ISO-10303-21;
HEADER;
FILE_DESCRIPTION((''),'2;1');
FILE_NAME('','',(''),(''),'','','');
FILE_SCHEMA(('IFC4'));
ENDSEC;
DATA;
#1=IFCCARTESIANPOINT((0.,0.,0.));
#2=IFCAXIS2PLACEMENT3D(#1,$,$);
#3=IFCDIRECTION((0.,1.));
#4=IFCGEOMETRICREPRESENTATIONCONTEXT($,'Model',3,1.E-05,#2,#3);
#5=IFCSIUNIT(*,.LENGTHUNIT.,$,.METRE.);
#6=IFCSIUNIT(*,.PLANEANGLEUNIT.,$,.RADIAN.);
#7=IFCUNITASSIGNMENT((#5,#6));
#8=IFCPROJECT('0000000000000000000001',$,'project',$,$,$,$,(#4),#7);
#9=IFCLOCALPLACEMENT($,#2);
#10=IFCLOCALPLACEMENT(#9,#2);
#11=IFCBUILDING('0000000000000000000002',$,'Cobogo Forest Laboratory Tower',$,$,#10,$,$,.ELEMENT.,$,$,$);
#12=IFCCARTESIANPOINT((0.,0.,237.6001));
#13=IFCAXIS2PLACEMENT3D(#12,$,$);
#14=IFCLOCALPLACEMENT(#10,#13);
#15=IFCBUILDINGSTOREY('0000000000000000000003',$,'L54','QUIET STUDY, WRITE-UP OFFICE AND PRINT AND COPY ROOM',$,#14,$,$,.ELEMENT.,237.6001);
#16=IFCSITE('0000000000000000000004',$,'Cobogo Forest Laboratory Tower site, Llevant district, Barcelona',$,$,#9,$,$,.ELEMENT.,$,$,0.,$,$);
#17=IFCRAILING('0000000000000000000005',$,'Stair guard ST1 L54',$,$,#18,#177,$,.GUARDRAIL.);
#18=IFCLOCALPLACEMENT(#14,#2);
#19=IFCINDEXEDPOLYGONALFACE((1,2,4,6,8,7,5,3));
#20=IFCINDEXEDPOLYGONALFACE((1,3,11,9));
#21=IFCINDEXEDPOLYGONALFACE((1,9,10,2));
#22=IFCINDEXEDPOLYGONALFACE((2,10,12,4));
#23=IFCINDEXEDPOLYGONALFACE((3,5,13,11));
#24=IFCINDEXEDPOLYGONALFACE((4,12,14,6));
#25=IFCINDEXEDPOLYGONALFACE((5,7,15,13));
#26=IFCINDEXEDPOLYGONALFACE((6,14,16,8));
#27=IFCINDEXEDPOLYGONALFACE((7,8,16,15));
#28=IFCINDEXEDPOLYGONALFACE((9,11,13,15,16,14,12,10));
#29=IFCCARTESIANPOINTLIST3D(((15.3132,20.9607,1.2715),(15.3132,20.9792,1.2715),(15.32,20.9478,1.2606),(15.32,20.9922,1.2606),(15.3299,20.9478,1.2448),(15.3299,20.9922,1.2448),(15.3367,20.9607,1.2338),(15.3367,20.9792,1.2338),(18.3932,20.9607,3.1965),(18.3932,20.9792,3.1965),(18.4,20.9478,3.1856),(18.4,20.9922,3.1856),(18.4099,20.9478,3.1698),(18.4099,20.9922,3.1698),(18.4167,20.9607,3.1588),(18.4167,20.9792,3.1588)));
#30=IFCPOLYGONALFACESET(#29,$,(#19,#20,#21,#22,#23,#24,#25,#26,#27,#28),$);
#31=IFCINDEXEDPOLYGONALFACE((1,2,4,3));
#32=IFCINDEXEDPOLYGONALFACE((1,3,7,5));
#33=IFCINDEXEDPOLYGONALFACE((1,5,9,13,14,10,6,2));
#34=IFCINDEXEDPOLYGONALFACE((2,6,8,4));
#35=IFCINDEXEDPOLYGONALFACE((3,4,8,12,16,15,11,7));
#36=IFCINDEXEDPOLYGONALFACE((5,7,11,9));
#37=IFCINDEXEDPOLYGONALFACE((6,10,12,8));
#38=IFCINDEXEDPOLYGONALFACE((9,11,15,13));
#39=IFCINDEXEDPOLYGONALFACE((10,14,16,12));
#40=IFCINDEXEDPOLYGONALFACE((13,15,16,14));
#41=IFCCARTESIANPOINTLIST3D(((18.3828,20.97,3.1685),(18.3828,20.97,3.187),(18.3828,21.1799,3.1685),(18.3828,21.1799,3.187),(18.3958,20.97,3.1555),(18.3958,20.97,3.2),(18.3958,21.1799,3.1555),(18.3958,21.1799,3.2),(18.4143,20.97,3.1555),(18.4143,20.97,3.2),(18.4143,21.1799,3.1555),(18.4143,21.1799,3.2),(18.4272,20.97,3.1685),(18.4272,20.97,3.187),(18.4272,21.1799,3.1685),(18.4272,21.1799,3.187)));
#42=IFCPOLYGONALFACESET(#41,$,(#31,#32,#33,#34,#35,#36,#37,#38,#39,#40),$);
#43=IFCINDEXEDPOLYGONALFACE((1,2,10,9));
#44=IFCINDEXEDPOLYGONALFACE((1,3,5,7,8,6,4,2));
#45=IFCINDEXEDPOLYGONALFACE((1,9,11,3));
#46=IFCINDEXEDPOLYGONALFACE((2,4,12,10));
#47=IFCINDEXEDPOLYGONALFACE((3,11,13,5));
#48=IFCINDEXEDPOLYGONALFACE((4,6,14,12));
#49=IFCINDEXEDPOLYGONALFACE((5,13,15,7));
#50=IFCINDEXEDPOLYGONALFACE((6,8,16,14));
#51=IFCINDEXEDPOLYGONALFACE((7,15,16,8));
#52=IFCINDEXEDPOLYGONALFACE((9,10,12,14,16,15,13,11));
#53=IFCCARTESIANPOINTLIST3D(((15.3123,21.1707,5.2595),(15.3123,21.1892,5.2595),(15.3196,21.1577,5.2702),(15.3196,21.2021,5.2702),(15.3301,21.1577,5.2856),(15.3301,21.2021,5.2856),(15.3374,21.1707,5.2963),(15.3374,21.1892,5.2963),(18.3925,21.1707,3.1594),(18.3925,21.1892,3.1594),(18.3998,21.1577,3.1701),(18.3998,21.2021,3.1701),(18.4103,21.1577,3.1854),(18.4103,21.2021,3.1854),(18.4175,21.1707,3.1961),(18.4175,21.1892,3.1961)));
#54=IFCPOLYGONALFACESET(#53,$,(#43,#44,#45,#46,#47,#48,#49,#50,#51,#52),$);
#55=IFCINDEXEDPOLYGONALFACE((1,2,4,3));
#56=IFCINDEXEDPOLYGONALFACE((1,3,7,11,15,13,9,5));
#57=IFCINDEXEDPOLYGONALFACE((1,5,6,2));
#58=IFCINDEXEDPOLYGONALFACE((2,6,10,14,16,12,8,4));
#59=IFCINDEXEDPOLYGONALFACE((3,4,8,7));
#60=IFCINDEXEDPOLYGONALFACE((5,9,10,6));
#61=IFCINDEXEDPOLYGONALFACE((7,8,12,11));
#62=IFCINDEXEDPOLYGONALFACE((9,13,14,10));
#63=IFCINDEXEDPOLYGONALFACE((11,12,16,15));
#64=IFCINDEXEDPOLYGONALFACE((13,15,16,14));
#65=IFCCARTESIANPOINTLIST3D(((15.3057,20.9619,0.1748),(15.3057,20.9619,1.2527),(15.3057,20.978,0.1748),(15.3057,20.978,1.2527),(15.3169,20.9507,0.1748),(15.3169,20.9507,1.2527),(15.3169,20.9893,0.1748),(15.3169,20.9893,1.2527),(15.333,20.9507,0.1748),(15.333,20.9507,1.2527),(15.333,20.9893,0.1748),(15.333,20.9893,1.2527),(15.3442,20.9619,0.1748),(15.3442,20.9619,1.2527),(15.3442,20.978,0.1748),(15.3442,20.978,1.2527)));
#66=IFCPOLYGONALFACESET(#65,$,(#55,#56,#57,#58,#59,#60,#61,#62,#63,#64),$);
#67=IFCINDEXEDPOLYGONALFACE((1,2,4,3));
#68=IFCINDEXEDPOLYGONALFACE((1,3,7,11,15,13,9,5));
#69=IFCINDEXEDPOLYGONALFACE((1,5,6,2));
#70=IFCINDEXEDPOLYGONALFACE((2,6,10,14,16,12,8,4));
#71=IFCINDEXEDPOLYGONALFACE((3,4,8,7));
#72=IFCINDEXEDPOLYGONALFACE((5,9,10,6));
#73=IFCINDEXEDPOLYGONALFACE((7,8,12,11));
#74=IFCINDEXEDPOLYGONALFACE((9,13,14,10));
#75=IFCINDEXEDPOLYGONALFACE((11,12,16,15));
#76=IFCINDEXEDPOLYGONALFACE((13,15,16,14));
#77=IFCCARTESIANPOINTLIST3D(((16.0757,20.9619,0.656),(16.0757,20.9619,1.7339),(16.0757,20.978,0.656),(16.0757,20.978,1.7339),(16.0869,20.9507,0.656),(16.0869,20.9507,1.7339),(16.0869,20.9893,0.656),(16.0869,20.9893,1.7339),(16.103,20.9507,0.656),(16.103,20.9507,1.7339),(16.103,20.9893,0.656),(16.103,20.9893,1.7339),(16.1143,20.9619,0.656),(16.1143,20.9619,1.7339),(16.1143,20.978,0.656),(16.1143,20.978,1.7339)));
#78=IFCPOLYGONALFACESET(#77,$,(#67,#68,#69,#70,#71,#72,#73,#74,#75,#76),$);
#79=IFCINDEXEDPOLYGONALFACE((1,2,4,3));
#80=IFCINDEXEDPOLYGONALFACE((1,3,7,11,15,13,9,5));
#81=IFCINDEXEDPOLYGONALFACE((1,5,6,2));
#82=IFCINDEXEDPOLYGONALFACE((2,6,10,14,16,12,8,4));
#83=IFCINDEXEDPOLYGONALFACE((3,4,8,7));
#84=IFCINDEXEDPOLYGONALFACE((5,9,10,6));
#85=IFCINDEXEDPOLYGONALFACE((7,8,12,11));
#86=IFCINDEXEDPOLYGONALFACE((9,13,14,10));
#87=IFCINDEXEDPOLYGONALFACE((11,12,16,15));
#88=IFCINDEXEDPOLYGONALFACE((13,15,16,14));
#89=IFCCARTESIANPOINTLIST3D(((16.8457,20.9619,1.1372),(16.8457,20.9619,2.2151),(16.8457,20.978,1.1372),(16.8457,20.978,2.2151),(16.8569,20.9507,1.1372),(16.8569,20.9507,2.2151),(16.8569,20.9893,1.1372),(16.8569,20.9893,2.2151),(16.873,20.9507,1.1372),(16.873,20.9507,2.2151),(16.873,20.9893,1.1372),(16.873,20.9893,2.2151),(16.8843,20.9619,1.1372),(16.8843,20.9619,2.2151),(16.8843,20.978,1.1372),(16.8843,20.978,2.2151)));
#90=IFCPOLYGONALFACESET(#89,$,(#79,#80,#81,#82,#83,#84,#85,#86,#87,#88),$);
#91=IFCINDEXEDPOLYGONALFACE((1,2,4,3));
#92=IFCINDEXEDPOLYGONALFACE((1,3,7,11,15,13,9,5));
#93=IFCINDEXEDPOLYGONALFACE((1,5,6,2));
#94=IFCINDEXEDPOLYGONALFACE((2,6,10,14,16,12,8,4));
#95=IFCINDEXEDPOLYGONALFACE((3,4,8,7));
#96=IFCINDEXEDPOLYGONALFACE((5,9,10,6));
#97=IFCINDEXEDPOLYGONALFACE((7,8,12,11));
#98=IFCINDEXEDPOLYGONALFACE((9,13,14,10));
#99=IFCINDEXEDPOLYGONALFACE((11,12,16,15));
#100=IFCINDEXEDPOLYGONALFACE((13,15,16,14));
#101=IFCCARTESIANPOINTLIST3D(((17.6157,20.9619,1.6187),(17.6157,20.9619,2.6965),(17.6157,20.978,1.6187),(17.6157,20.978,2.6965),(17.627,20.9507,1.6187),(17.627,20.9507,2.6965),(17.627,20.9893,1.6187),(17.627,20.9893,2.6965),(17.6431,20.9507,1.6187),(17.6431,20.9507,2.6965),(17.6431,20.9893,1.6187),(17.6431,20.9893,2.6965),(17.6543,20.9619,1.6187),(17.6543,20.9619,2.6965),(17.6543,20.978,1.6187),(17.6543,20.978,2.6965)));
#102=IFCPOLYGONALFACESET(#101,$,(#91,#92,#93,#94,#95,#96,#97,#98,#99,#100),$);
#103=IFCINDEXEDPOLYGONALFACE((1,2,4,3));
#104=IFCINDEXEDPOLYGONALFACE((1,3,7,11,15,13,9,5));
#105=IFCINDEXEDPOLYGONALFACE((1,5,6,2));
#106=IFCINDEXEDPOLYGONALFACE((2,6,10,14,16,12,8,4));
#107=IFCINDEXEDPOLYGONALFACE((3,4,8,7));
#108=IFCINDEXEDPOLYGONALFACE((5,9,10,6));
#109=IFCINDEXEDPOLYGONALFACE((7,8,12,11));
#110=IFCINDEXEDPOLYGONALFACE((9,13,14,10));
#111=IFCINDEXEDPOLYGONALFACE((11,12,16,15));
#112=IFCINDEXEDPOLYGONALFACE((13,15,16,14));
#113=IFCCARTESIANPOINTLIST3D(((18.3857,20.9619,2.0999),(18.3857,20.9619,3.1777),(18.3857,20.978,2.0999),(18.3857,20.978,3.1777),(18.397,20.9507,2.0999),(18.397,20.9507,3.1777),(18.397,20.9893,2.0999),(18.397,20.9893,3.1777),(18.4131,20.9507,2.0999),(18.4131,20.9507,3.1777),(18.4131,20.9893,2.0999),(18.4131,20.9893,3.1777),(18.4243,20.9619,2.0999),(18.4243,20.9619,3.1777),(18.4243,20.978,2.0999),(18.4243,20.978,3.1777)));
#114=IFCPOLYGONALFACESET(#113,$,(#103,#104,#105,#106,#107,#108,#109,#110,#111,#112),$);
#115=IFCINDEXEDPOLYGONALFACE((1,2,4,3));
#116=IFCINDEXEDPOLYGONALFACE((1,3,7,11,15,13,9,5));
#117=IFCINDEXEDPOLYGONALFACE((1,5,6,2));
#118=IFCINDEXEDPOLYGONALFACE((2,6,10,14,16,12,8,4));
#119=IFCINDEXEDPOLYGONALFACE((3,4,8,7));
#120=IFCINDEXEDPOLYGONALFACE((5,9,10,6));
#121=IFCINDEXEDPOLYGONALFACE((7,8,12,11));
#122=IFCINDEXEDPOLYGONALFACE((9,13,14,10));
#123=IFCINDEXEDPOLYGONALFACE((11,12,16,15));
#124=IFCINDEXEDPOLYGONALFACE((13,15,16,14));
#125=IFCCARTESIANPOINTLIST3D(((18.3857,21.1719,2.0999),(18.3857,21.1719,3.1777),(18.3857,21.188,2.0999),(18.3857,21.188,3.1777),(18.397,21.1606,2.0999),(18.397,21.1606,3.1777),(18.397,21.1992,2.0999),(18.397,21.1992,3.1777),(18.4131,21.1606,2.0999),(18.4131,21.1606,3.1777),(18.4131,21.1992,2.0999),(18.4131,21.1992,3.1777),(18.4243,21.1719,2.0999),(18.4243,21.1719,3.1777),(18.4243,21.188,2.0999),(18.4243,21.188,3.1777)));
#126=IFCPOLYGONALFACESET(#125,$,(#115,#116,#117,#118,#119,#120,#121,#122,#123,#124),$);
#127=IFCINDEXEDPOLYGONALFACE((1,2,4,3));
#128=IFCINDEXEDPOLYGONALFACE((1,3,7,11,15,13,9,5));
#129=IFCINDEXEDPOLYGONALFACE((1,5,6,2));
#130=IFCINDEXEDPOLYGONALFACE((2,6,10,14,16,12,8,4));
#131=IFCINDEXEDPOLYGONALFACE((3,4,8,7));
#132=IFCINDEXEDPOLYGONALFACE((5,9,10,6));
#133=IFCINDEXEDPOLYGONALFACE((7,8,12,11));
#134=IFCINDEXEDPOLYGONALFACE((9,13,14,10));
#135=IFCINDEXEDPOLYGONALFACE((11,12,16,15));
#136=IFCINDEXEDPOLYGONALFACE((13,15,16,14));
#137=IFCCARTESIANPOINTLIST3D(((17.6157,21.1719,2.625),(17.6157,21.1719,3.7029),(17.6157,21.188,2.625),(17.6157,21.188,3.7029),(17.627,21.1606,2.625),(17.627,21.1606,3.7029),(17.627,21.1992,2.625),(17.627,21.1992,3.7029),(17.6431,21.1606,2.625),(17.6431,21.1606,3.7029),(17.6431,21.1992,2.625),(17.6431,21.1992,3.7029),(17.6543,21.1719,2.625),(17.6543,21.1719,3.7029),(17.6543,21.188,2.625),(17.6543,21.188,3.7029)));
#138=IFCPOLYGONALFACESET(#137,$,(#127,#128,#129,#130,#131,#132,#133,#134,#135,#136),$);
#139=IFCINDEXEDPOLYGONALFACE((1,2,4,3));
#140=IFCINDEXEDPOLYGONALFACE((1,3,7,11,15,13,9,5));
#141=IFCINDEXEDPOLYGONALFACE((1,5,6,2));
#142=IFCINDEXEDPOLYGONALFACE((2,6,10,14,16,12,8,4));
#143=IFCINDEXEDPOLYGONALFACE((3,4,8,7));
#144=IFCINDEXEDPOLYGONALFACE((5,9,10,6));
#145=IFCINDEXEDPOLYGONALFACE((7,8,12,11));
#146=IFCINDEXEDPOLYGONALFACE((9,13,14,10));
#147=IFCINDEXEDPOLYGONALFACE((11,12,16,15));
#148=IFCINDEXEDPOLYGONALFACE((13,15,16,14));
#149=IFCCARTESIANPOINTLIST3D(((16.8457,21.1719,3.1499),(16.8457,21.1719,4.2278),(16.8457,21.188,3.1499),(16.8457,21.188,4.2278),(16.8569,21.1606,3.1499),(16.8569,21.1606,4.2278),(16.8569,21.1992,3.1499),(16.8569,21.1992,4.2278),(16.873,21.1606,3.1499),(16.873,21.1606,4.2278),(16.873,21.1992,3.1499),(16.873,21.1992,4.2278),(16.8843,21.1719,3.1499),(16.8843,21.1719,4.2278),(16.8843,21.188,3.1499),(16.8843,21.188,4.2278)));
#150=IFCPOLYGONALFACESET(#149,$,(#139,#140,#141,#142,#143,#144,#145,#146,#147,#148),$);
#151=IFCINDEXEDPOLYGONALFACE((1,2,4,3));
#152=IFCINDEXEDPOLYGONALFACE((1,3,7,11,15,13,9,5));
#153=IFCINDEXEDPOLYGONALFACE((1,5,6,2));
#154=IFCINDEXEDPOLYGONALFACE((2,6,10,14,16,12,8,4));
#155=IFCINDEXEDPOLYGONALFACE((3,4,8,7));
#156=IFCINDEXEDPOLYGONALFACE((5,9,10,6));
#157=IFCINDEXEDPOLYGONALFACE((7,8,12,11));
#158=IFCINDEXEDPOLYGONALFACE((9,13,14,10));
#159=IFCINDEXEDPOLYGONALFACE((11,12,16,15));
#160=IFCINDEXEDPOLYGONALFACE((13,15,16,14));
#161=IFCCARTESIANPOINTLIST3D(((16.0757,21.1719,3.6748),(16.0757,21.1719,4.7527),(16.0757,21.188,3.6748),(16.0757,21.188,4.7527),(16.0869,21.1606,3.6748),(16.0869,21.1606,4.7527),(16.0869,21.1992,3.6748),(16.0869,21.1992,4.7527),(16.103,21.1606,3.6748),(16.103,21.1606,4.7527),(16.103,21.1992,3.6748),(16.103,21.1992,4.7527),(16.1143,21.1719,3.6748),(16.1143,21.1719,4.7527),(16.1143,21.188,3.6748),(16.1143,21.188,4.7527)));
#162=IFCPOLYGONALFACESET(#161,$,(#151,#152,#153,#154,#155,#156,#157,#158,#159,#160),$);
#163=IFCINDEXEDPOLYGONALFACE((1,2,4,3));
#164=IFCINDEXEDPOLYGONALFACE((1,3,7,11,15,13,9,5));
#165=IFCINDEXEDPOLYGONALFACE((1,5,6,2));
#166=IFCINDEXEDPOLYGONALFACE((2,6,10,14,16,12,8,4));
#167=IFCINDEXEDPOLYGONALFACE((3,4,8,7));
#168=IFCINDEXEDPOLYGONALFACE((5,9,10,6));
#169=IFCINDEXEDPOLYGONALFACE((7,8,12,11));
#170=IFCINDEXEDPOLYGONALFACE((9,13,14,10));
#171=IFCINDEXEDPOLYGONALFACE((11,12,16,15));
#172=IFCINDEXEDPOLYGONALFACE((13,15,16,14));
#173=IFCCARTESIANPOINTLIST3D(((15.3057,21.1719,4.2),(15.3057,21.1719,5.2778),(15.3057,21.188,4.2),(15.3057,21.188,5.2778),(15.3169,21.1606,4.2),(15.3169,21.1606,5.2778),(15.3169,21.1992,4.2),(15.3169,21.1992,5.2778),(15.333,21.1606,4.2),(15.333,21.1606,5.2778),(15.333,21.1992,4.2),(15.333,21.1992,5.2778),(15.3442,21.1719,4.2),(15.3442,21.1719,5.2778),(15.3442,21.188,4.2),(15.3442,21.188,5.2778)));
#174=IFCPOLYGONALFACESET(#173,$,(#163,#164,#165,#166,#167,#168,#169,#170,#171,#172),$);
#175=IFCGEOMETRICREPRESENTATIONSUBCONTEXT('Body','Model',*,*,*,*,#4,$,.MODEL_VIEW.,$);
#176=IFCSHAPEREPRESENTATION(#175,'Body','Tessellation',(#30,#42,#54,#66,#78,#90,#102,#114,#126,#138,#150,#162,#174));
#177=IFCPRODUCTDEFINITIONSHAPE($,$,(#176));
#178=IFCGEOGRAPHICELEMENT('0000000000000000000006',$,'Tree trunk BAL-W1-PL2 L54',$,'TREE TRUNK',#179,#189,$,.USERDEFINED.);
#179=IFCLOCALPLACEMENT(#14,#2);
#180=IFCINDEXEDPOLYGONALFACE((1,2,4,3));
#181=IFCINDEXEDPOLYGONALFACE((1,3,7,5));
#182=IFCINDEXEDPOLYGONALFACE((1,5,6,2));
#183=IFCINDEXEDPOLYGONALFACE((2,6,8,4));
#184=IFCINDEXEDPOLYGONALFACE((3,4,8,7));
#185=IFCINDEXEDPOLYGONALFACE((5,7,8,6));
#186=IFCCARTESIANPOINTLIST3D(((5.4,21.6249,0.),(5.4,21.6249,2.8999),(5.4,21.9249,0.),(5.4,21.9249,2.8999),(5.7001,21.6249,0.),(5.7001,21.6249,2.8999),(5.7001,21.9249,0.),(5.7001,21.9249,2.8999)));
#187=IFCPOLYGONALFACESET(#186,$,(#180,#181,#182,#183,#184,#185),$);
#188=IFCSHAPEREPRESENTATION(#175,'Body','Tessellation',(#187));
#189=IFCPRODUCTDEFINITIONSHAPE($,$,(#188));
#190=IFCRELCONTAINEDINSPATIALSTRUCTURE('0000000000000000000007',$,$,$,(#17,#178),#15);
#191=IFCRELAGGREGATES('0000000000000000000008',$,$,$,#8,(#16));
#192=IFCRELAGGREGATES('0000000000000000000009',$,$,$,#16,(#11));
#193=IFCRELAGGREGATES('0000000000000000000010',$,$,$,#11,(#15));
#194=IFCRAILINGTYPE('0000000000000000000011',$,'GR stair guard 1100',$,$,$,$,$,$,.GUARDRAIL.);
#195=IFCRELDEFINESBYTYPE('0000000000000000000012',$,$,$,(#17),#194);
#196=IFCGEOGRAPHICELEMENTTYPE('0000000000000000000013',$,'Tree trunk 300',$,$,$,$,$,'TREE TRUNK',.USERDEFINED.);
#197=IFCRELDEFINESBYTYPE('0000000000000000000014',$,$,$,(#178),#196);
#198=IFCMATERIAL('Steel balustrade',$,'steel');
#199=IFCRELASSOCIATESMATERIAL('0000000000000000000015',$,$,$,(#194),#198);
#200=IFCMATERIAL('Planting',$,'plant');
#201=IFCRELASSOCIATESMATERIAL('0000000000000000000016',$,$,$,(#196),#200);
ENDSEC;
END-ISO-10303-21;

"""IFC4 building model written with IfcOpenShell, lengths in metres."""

from ifc_helpers import new_model, si_unit, direction, frame, origin, origin_2d, place, context, subcontext, project, spatial, polyline, rectangle, outline, extrude, material, type_object, element, save


model = new_model("IFC4")

# Units and contexts
model_context = context("Model", 3, precision=1e-05, world=origin(), true_north=direction((0.0, 1.0)))
body_context = subcontext(model_context, "Body", "Model", "MODEL_VIEW")
ifc_project = project(units=[si_unit("LENGTHUNIT", "METRE"), si_unit("PLANEANGLEUNIT", "RADIAN")], contexts=[model_context])

# Site, building, storey
site_placement = place(None, origin())
site = spatial("IfcSite", under=ifc_project, at=site_placement, Name="Cobogo Forest Laboratory Tower site, Llevant district, Barcelona", CompositionType="ELEMENT", RefElevation=0.0)
building_placement = place(site_placement, origin())
building = spatial("IfcBuilding", under=site, at=building_placement, Name="Cobogo Forest Laboratory Tower", CompositionType="ELEMENT")
storey_placement = place(building_placement, frame((0.0, 0.0, 237.6001)))
storey = spatial("IfcBuildingStorey", under=building, at=storey_placement, Name="L54", Description="QUIET STUDY, WRITE-UP OFFICE AND PRINT AND COPY ROOM", CompositionType="ELEMENT", Elevation=237.6001)

# Railing
ifc_material_1 = material(Name="Steel balustrade", Category="steel")
railing_type = type_object("IfcRailingType", Name="GR stair guard 1100", PredefinedType="GUARDRAIL", material=ifc_material_1)
railing_placement = place(storey_placement, frame((15.325, 20.97, 0.1748)))
element("IfcRailing", 1, at=railing_placement, inside=storey, type_object=railing_type, Name="Stair guard ST1 L54", PredefinedType="GUARDRAIL", context=body_context, shape_type="SweptSolid", body=[
    extrude(outline(polyline([(0.0222, 0.0093), (0.0093, 0.0222), (-0.0093, 0.0222), (-0.0222, 0.0093), (-0.0222, -0.0093), (-0.0093, -0.0222), (0.0093, -0.0222), (0.0222, -0.0093), (0.0222, 0.0093)])), frame((0.0, 0.0, 1.0779), z_axis=(0.847998, 0.0, 0.529999), x_axis=(0.0, 1.0, 0.0)), (0.0, 0.0, 1.0), 3.6321),
    extrude(outline(polyline([(0.0222, 0.0093), (0.0093, 0.0222), (-0.0093, 0.0222), (-0.0222, 0.0093), (-0.0222, -0.0093), (-0.0093, -0.0222), (0.0093, -0.0222), (0.0222, -0.0093), (0.0222, 0.0093)])), frame((3.0801, 0.0, 3.0029), z_axis=(0.0, 1.0, 0.0), x_axis=(-1.0, 0.0, 0.0)), (0.0, 0.0, 1.0), 0.21),
    extrude(outline(polyline([(0.0222, 0.0093), (0.0093, 0.0222), (-0.0093, 0.0222), (-0.0222, 0.0093), (-0.0222, -0.0093), (-0.0093, -0.0222), (0.0093, -0.0222), (0.0222, -0.0093), (0.0222, 0.0093)])), frame((3.0801, 0.21, 3.0029), z_axis=(-0.826222, 0.0, 0.563345), x_axis=(0.0, -1.0, 0.0)), (0.0, 0.0, 1.0), 3.728),
    extrude(outline(polyline([(0.0193, 0.0081), (0.0081, 0.0193), (-0.0081, 0.0193), (-0.0193, 0.0081), (-0.0193, -0.0081), (-0.0081, -0.0193), (0.0081, -0.0193), (0.0193, -0.0081), (0.0193, 0.0081)])), origin(), (0.0, 0.0, 1.0), 1.0779),
    extrude(outline(polyline([(0.0193, 0.0081), (0.0081, 0.0193), (-0.0081, 0.0193), (-0.0193, 0.0081), (-0.0193, -0.0081), (-0.0081, -0.0193), (0.0081, -0.0193), (0.0193, -0.0081), (0.0193, 0.0081)])), frame((0.77, 0.0, 0.4812)), (0.0, 0.0, 1.0), 1.0779),
    extrude(outline(polyline([(0.0193, 0.0081), (0.0081, 0.0193), (-0.0081, 0.0193), (-0.0193, 0.0081), (-0.0193, -0.0081), (-0.0081, -0.0193), (0.0081, -0.0193), (0.0193, -0.0081), (0.0193, 0.0081)])), frame((1.54, 0.0, 0.9624)), (0.0, 0.0, 1.0), 1.0779),
    extrude(outline(polyline([(0.0193, 0.0081), (0.0081, 0.0193), (-0.0081, 0.0193), (-0.0193, 0.0081), (-0.0193, -0.0081), (-0.0081, -0.0193), (0.0081, -0.0193), (0.0193, -0.0081), (0.0193, 0.0081)])), frame((2.3101, 0.0, 1.4438)), (0.0, 0.0, 1.0), 1.0779),
    extrude(outline(polyline([(0.0193, 0.0081), (0.0081, 0.0193), (-0.0081, 0.0193), (-0.0193, 0.0081), (-0.0193, -0.0081), (-0.0081, -0.0193), (0.0081, -0.0193), (0.0193, -0.0081), (0.0193, 0.0081)])), frame((3.0801, 0.0, 1.925)), (0.0, 0.0, 1.0), 1.0779),
    extrude(outline(polyline([(0.0193, 0.0081), (0.0081, 0.0193), (-0.0081, 0.0193), (-0.0193, 0.0081), (-0.0193, -0.0081), (-0.0081, -0.0193), (0.0081, -0.0193), (0.0193, -0.0081), (0.0193, 0.0081)])), frame((3.0801, 0.21, 1.925)), (0.0, 0.0, 1.0), 1.0779),
    extrude(outline(polyline([(0.0193, 0.0081), (0.0081, 0.0193), (-0.0081, 0.0193), (-0.0193, 0.0081), (-0.0193, -0.0081), (-0.0081, -0.0193), (0.0081, -0.0193), (0.0193, -0.0081), (0.0193, 0.0081)])), frame((2.3101, 0.21, 2.4502)), (0.0, 0.0, 1.0), 1.0779),
    extrude(outline(polyline([(0.0193, 0.0081), (0.0081, 0.0193), (-0.0081, 0.0193), (-0.0193, 0.0081), (-0.0193, -0.0081), (-0.0081, -0.0193), (0.0081, -0.0193), (0.0193, -0.0081), (0.0193, 0.0081)])), frame((1.54, 0.21, 2.9751)), (0.0, 0.0, 1.0), 1.0779),
    extrude(outline(polyline([(0.0193, 0.0081), (0.0081, 0.0193), (-0.0081, 0.0193), (-0.0193, 0.0081), (-0.0193, -0.0081), (-0.0081, -0.0193), (0.0081, -0.0193), (0.0193, -0.0081), (0.0193, 0.0081)])), frame((0.77, 0.21, 3.5)), (0.0, 0.0, 1.0), 1.0779),
    extrude(outline(polyline([(0.0193, 0.0081), (0.0081, 0.0193), (-0.0081, 0.0193), (-0.0193, 0.0081), (-0.0193, -0.0081), (-0.0081, -0.0193), (0.0081, -0.0193), (0.0193, -0.0081), (0.0193, 0.0081)])), frame((0.0, 0.21, 4.0251)), (0.0, 0.0, 1.0), 1.0779),
])

# Geographic element
ifc_material_2 = material(Name="Planting", Category="plant")
geographic_element_type = type_object("IfcGeographicElementType", Name="Tree trunk 300", ElementType="TREE TRUNK", PredefinedType="USERDEFINED", material=ifc_material_2)
geographic_element_placement = place(storey_placement, frame((5.55, 21.7749, 0.0), z_axis=(0.0, 0.0, 1.0), x_axis=(1.0, 0.0, 0.0)))
element("IfcGeographicElement", 2, at=geographic_element_placement, inside=storey, type_object=geographic_element_type, Name="Tree trunk BAL-W1-PL2 L54", ObjectType="TREE TRUNK", PredefinedType="USERDEFINED", context=body_context, shape_type="SweptSolid", body=[
    extrude(rectangle(XDim=0.3, YDim=0.3, at=origin_2d()), origin(), (0.0, 0.0, 1.0), 2.8999),
])

save(model, "model.ifc")
